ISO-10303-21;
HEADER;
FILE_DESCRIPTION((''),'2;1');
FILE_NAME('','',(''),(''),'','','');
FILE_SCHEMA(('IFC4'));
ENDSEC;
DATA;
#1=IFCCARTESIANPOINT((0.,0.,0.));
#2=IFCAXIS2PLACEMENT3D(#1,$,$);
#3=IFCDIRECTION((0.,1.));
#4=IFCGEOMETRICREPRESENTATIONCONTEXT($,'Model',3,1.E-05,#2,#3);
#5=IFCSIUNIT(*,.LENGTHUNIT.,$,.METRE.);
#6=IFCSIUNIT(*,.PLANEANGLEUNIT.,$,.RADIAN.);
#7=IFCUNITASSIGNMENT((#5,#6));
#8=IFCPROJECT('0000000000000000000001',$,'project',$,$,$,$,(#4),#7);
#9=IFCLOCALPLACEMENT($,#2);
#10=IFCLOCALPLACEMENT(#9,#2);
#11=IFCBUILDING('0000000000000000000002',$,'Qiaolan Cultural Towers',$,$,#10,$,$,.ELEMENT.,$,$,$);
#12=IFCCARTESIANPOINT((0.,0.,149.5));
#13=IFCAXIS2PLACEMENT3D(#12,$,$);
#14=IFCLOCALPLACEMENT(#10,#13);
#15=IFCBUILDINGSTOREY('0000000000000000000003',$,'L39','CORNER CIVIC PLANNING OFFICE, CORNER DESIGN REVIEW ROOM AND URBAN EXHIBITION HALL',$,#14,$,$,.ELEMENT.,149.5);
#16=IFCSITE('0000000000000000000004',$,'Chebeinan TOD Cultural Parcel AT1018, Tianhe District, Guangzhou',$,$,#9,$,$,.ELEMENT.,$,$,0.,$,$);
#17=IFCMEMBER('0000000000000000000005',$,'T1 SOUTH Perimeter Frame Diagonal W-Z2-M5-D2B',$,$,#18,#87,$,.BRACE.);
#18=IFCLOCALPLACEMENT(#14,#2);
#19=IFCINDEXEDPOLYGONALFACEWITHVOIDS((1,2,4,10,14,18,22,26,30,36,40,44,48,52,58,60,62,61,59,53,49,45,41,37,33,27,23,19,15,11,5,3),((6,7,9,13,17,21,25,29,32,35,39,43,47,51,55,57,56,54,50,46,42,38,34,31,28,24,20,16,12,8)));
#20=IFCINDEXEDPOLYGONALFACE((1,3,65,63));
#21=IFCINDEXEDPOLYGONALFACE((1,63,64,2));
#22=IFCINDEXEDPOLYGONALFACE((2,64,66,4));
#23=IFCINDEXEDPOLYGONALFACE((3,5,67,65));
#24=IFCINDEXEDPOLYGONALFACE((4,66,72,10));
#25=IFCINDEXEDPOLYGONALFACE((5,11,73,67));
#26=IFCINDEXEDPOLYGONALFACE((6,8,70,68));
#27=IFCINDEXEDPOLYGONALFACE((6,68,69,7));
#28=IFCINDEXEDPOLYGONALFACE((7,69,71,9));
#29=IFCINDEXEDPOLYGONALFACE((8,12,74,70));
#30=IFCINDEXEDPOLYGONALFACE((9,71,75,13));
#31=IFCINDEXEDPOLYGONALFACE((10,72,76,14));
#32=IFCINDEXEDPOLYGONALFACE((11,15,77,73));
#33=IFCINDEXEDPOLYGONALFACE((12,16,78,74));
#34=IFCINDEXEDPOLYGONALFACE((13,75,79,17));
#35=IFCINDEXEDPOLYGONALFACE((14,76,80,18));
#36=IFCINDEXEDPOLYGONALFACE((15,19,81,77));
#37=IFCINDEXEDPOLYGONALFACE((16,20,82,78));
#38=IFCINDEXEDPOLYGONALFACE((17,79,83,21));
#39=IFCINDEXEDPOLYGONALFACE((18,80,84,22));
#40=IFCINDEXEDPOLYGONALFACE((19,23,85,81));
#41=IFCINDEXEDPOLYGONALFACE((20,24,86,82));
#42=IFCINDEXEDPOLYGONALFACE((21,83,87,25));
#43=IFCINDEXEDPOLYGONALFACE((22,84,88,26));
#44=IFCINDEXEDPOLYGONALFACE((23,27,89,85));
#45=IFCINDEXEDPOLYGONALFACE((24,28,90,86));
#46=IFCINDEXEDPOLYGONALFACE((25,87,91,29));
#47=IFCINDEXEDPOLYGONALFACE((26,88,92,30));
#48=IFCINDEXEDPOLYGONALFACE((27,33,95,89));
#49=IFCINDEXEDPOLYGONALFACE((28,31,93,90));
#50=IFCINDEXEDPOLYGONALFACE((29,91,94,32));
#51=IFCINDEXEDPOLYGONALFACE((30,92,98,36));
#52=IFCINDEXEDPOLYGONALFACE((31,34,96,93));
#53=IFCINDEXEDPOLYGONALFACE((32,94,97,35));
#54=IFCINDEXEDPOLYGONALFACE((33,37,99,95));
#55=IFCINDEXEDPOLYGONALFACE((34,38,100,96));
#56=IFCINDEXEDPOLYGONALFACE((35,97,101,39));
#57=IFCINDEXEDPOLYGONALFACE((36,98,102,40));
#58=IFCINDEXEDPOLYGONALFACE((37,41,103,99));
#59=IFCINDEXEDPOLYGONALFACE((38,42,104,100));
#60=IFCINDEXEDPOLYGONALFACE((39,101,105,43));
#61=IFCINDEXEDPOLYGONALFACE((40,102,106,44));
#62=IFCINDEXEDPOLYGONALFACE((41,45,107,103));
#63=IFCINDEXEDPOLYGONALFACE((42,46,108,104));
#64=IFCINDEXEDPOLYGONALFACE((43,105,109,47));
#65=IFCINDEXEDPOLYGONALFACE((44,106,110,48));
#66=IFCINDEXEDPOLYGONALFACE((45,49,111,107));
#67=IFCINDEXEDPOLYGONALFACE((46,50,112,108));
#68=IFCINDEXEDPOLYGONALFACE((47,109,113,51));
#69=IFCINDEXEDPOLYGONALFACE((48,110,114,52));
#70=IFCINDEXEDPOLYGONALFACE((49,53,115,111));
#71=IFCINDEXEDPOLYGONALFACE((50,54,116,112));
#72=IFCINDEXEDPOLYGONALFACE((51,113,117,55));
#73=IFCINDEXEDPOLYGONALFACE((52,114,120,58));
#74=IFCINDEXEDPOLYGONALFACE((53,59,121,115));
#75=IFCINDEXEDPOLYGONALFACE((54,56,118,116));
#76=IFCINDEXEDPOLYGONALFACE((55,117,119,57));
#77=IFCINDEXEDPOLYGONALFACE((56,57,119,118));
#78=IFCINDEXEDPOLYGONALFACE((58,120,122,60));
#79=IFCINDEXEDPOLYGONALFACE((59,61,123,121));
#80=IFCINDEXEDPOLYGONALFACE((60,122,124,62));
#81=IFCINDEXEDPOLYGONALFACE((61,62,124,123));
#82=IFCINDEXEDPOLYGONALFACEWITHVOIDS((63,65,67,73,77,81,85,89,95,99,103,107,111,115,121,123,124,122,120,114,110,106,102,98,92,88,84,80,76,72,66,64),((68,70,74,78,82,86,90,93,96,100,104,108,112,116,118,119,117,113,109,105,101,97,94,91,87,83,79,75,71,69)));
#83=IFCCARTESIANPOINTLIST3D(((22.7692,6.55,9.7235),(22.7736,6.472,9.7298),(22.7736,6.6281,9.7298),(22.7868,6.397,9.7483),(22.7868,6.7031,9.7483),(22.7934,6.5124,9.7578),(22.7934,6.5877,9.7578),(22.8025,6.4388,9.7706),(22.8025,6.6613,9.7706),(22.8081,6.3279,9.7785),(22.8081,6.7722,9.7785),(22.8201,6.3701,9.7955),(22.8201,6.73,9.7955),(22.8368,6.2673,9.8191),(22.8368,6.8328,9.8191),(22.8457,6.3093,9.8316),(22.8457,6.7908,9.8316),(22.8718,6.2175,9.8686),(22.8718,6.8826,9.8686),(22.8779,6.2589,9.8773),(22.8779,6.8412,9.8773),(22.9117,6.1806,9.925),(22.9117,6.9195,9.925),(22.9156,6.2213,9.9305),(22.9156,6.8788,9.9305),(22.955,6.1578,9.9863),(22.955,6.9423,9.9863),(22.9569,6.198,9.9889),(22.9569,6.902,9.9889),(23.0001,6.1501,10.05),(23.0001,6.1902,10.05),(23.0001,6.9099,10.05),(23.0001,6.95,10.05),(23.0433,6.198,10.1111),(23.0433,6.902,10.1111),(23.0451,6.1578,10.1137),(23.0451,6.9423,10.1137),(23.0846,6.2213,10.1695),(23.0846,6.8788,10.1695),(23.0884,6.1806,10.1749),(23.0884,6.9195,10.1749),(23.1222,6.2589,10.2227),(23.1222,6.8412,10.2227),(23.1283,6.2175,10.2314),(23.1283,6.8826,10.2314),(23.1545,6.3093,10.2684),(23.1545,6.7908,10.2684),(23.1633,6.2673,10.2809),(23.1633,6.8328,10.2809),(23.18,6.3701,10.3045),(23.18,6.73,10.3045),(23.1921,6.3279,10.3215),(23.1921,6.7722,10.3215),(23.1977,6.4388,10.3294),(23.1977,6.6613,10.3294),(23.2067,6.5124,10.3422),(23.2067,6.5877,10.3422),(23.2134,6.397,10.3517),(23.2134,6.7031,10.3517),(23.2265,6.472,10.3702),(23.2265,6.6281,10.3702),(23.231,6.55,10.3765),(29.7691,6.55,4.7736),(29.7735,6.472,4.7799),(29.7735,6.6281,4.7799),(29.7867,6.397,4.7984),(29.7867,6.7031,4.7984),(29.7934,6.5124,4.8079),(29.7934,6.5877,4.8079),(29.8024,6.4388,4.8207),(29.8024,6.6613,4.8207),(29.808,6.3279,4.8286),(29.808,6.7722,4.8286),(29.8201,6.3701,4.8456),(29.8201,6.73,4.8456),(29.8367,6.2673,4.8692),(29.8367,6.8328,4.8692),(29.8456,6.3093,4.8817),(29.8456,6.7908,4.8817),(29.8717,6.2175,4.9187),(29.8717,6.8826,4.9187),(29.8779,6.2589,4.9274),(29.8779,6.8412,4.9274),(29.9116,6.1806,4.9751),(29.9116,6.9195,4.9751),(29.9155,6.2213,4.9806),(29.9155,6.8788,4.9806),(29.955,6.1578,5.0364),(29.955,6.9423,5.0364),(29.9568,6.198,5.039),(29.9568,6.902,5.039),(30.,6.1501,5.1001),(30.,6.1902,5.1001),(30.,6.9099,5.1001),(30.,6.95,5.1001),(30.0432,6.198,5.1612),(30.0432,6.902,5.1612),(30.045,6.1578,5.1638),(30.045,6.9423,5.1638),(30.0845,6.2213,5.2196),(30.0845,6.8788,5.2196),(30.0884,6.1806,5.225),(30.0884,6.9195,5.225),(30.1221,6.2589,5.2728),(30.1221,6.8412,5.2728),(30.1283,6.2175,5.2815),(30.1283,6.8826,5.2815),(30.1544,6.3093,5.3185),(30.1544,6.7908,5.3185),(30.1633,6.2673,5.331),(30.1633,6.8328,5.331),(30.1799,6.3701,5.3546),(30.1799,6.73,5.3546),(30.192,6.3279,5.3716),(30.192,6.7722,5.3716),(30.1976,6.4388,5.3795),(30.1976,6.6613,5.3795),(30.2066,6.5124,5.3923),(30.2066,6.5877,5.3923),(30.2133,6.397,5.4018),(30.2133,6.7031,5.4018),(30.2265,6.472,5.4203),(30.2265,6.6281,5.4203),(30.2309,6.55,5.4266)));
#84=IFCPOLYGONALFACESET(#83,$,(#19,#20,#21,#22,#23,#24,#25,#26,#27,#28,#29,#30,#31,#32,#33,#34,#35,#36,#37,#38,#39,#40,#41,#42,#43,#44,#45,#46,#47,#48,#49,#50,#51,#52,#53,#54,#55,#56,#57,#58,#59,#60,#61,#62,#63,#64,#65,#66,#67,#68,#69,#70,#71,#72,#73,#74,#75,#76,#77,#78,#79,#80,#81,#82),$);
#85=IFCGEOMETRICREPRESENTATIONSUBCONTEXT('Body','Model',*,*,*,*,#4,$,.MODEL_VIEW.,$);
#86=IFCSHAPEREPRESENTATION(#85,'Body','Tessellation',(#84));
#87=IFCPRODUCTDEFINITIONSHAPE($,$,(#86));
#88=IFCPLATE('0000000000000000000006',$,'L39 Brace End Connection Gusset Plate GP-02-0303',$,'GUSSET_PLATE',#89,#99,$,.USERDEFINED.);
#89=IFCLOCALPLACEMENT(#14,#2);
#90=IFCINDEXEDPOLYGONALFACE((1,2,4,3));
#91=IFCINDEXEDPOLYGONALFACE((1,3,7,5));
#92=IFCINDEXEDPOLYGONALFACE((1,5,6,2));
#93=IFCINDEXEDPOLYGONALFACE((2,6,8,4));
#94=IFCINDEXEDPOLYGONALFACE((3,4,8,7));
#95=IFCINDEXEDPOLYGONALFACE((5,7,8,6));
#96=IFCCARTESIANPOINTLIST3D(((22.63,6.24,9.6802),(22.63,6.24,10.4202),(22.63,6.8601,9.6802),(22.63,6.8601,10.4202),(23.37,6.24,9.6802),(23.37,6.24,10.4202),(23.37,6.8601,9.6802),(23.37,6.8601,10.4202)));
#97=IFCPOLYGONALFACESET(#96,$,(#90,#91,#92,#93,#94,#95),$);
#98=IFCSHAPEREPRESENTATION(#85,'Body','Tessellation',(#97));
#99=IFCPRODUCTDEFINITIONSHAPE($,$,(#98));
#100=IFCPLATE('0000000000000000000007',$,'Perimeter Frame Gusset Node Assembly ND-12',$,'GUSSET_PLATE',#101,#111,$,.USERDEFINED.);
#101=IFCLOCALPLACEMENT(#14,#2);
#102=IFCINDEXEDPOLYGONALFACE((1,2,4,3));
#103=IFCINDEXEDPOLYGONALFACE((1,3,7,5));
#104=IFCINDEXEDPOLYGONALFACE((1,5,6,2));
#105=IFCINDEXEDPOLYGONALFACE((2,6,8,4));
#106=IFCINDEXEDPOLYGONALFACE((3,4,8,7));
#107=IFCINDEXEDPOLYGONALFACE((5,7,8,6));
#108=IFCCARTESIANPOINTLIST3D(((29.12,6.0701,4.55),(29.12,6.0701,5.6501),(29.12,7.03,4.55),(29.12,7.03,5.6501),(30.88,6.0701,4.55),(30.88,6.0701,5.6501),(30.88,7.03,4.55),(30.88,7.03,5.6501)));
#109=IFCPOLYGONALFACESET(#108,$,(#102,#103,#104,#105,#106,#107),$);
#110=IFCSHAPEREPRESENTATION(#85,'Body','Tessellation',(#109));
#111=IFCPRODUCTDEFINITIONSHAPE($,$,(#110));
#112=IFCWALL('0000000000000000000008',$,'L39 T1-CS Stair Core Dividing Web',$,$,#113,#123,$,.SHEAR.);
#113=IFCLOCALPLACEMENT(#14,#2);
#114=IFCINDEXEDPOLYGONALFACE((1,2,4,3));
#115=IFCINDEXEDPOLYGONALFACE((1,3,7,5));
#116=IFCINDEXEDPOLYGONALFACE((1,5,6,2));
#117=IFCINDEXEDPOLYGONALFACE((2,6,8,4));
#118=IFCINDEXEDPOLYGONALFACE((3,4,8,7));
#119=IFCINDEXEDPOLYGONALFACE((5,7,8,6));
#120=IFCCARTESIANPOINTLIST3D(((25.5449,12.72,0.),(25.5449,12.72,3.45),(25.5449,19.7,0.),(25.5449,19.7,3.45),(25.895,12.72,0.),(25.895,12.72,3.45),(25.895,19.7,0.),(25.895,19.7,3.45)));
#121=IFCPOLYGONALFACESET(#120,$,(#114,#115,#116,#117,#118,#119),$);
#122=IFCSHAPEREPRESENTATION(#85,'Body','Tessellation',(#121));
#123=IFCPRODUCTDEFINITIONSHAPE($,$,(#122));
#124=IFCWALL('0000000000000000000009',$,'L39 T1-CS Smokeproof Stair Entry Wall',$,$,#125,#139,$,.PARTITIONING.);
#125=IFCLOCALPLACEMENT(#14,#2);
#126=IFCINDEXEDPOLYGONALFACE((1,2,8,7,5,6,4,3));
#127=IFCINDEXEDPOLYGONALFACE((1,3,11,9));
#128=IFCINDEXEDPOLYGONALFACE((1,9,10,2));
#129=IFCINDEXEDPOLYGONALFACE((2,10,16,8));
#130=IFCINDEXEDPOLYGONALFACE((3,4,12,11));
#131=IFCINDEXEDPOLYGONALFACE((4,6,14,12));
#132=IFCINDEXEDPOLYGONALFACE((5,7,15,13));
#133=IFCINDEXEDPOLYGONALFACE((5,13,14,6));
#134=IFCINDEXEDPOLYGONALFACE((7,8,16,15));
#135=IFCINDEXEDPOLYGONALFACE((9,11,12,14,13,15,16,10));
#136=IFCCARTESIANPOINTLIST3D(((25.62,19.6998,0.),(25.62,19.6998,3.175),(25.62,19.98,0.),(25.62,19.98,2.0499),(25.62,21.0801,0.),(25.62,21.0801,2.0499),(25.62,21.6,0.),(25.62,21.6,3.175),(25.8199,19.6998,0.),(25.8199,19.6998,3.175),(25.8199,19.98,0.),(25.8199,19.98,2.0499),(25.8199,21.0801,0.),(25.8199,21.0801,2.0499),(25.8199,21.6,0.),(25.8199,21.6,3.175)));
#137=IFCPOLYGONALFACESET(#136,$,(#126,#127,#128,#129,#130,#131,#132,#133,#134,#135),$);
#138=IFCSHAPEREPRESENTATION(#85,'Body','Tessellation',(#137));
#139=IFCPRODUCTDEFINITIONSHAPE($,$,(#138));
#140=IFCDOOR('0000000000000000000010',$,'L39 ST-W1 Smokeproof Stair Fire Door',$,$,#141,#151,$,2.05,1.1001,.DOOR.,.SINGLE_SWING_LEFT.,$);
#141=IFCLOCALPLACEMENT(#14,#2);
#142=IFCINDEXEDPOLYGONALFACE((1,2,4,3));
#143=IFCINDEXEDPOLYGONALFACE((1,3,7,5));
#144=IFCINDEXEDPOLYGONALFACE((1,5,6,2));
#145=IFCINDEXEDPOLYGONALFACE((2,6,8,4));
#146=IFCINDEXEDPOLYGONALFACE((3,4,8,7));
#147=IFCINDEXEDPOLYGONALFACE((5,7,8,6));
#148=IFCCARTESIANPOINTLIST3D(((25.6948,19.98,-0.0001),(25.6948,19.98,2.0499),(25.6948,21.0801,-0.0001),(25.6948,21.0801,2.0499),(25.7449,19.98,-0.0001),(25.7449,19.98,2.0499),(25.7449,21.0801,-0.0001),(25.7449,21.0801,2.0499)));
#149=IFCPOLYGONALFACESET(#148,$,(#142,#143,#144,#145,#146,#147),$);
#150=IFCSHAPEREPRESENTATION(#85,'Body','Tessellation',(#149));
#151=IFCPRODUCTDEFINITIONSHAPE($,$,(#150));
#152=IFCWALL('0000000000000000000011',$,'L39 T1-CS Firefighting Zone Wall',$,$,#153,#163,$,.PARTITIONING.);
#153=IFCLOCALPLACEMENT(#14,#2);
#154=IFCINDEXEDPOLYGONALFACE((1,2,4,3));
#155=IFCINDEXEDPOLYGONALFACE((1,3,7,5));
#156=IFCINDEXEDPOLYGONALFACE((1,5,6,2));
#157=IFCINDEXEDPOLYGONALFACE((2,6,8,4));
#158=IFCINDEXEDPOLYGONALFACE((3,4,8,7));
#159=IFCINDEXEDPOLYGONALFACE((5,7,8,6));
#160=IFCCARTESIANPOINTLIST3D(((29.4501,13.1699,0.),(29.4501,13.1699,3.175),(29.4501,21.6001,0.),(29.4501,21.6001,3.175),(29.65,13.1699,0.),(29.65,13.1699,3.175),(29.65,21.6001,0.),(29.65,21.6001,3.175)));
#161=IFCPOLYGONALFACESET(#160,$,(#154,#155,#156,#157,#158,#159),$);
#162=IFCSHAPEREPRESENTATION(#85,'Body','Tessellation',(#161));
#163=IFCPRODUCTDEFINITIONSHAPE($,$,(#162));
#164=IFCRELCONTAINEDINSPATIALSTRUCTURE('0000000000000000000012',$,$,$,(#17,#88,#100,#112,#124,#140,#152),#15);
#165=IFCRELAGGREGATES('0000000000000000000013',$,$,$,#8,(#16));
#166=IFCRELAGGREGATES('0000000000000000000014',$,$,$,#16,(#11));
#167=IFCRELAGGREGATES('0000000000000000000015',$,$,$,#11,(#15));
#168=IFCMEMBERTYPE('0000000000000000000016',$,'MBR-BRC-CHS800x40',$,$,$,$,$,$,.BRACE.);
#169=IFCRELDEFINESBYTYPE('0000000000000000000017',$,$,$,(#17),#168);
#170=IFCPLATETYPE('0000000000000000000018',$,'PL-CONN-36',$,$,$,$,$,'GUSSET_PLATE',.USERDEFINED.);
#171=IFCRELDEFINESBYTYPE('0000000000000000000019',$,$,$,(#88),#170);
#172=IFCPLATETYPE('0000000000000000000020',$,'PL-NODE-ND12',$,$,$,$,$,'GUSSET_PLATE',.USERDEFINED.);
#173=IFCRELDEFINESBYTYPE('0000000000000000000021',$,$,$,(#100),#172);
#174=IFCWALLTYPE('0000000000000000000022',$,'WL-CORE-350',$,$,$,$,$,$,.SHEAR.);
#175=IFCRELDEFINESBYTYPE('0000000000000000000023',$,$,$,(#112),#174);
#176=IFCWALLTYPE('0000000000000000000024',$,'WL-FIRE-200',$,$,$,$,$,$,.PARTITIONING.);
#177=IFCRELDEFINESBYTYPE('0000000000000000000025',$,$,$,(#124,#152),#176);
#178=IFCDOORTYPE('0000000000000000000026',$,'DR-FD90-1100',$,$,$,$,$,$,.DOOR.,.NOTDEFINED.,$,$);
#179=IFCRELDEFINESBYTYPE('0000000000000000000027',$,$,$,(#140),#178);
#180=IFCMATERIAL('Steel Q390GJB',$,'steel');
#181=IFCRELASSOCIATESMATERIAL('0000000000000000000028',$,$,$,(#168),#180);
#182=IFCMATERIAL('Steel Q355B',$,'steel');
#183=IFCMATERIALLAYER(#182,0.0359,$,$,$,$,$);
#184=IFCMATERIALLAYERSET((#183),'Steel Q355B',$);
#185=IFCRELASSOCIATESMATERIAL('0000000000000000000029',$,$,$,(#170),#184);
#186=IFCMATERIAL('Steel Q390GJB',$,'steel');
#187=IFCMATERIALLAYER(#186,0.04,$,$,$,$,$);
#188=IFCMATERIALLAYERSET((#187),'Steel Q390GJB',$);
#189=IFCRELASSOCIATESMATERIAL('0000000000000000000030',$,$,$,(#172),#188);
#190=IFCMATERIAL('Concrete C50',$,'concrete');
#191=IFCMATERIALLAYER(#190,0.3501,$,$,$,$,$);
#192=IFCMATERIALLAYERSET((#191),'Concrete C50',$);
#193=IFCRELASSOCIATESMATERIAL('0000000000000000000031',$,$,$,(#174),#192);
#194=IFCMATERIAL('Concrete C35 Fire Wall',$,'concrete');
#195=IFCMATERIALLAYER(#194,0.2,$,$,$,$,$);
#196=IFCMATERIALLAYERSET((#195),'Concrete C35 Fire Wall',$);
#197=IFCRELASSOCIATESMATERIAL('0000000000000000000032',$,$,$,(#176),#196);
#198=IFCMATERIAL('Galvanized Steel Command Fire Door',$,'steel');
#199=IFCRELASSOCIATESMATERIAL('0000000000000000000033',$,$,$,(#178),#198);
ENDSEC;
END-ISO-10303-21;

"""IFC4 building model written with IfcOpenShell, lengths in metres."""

from ifc_helpers import new_model, si_unit, direction, frame, frame_2d, origin, origin_2d, place, context, subcontext, project, spatial, rectangle, hollow_circle, extrude, material, layer, layer_set, material_profile, profile_set, type_object, element, fill, save


model = new_model("IFC4")

# Units and contexts
model_context = context("Model", 3, precision=1e-05, world=origin(), true_north=direction((0.0, 1.0)))
body_context = subcontext(model_context, "Body", "Model", "MODEL_VIEW")
ifc_project = project(units=[si_unit("LENGTHUNIT", "METRE"), si_unit("PLANEANGLEUNIT", "RADIAN")], contexts=[model_context])

# Site, building, storey
site_placement = place(None, origin())
site = spatial("IfcSite", under=ifc_project, at=site_placement, Name="Chebeinan TOD Cultural Parcel AT1018, Tianhe District, Guangzhou", CompositionType="ELEMENT", RefElevation=0.0)
building_placement = place(site_placement, origin())
building = spatial("IfcBuilding", under=site, at=building_placement, Name="Qiaolan Cultural Towers", CompositionType="ELEMENT")
storey_placement = place(building_placement, frame((0.0, 0.0, 149.5)))
storey = spatial("IfcBuildingStorey", under=building, at=storey_placement, Name="L39", Description="CORNER CIVIC PLANNING OFFICE, CORNER DESIGN REVIEW ROOM AND URBAN EXHIBITION HALL", CompositionType="ELEMENT", Elevation=149.5)

# Member
ifc_material_1 = material(Name="Steel Q390GJB", Category="steel")
ifc_material_profile_1 = material_profile(ifc_material_1, hollow_circle(Radius=0.3999, WallThickness=0.04, at=origin_2d()), Name="CHS800x40")
ifc_profile_set_1 = profile_set([ifc_material_profile_1], Name="Steel Q390GJB")
member_type = type_object("IfcMemberType", Name="MBR-BRC-CHS800x40", PredefinedType="BRACE", material=ifc_profile_set_1)
for number, where, z_axis, x_axis, name in (
    (1, (30.0, 6.55, 5.1001), (-0.816485, 0.0, 0.577366), (0.0, -1.0, 0.0), "T1 SOUTH Perimeter Frame Diagonal W-Z2-M5-D2B"),
):
    element("IfcMember", number, at=place(storey_placement, frame(where, z_axis=z_axis, x_axis=x_axis)), inside=storey, type_object=member_type, Name=name, PredefinedType="BRACE", context=body_context, shape_type="SweptSolid", body=[
        extrude(hollow_circle(Radius=0.3999, WallThickness=0.04, at=origin_2d()), origin(), (0.0, 0.0, 1.0), 8.5732),
    ])

# Plates
ifc_material_2 = material(Name="Steel Q355B", Category="steel")
ifc_layer_1 = layer(ifc_material_2, 0.0359)
ifc_layer_set_1 = layer_set([ifc_layer_1], Name="Steel Q355B")
plate_type_1 = type_object("IfcPlateType", Name="PL-CONN-36", ElementType="GUSSET_PLATE", PredefinedType="USERDEFINED", material=ifc_layer_set_1)
plate_1_placement = place(storey_placement, frame((23.0, 6.55, 9.6802), z_axis=(0.0, 0.0, 1.0), x_axis=(1.0, 0.0, 0.0)))
element("IfcPlate", 2, at=plate_1_placement, inside=storey, type_object=plate_type_1, Name="L39 Brace End Connection Gusset Plate GP-02-0303", ObjectType="GUSSET_PLATE", PredefinedType="USERDEFINED", context=body_context, shape_type="SweptSolid", body=[
    extrude(rectangle(XDim=0.74, YDim=0.6201, at=origin_2d()), origin(), (0.0, 0.0, 1.0), 0.74),
])
ifc_material_3 = material(Name="Steel Q390GJB", Category="steel")
ifc_layer_2 = layer(ifc_material_3, 0.04)
ifc_layer_set_2 = layer_set([ifc_layer_2], Name="Steel Q390GJB")
plate_type_2 = type_object("IfcPlateType", Name="PL-NODE-ND12", ElementType="GUSSET_PLATE", PredefinedType="USERDEFINED", material=ifc_layer_set_2)
plate_2_placement = place(storey_placement, frame((30.0, 6.55, 4.55), z_axis=(0.0, 0.0, 1.0), x_axis=(1.0, 0.0, 0.0)))
element("IfcPlate", 3, at=plate_2_placement, inside=storey, type_object=plate_type_2, Name="Perimeter Frame Gusset Node Assembly ND-12", ObjectType="GUSSET_PLATE", PredefinedType="USERDEFINED", context=body_context, shape_type="SweptSolid", body=[
    extrude(rectangle(XDim=1.76, YDim=0.96, at=origin_2d()), origin(), (0.0, 0.0, 1.0), 1.1001),
])

# Wall
ifc_material_4 = material(Name="Concrete C50", Category="concrete")
ifc_layer_3 = layer(ifc_material_4, 0.3501)
ifc_layer_set_3 = layer_set([ifc_layer_3], Name="Concrete C50")
wall_type_1 = type_object("IfcWallType", Name="WL-CORE-350", PredefinedType="SHEAR", material=ifc_layer_set_3)
wall_1_placement = place(storey_placement, frame((25.72, 19.7, 0.0), z_axis=(0.0, 0.0, 1.0), x_axis=(0.0, -1.0, 0.0)))
element("IfcWall", 4, at=wall_1_placement, inside=storey, type_object=wall_type_1, Name="L39 T1-CS Stair Core Dividing Web", PredefinedType="SHEAR", context=body_context, shape_type="SweptSolid", body=[
    extrude(rectangle(XDim=6.98, YDim=0.3501, at=frame_2d((3.49, 0.0))), origin(), (0.0, 0.0, 1.0), 3.45),
])

# Wall, opening, door
ifc_material_5 = material(Name="Concrete C35 Fire Wall", Category="concrete")
ifc_layer_4 = layer(ifc_material_5, 0.2)
ifc_layer_set_4 = layer_set([ifc_layer_4], Name="Concrete C35 Fire Wall")
wall_type_2 = type_object("IfcWallType", Name="WL-FIRE-200", PredefinedType="PARTITIONING", material=ifc_layer_set_4)
wall_2_placement = place(storey_placement, frame((25.72, 21.6001, 0.0), z_axis=(0.0, 0.0, 1.0), x_axis=(0.0, -1.0, 0.0)))
wall_2 = element("IfcWall", 5, at=wall_2_placement, inside=storey, type_object=wall_type_2, Name="L39 T1-CS Smokeproof Stair Entry Wall", PredefinedType="PARTITIONING", context=body_context, shape_type="SweptSolid", body=[
    extrude(rectangle(XDim=1.9001, YDim=0.2, at=frame_2d((0.9502, 0.0))), origin(), (0.0, 0.0, 1.0), 3.175),
])
opening_1_placement = place(wall_2_placement, frame((0.52, 0.0, 0.0)))
opening_1 = element("IfcOpeningElement", 6, at=opening_1_placement, cuts=wall_2, PredefinedType="OPENING", context=body_context, shape_type="SweptSolid", body=[
    extrude(rectangle(XDim=1.1001, YDim=2.05, at=frame_2d((0.55, 1.0249))), frame((0.0, 0.1099, 0.0), z_axis=(0.0, -1.0, 0.0), x_axis=(1.0, 0.0, 0.0)), (0.0, 0.0, 1.0), 0.22),
])
ifc_material_6 = material(Name="Galvanized Steel Command Fire Door", Category="steel")
door_type_1 = type_object("IfcDoorType", Name="DR-FD90-1100", OperationType="NOTDEFINED", PredefinedType="DOOR", material=ifc_material_6)
door_1_placement = place(opening_1_placement, origin())
door_1 = element("IfcDoor", 7, at=door_1_placement, inside=storey, type_object=door_type_1, Name="L39 ST-W1 Smokeproof Stair Fire Door", OperationType="SINGLE_SWING_LEFT", OverallHeight=2.05, OverallWidth=1.1001, PredefinedType="DOOR", context=body_context, shape_type="SweptSolid", body=[
    extrude(rectangle(XDim=1.1001, YDim=2.05, at=frame_2d((0.55, 1.0249))), frame((0.0, 0.0249, 0.0), z_axis=(0.0, -1.0, 0.0), x_axis=(1.0, 0.0, 0.0)), (0.0, 0.0, 1.0), 0.05),
])
fill(opening_1, door_1)

# Wall
wall_3_placement = place(storey_placement, frame((29.55, 21.6001, 0.0), z_axis=(0.0, 0.0, 1.0), x_axis=(0.0, -1.0, 0.0)))
element("IfcWall", 8, at=wall_3_placement, inside=storey, type_object=wall_type_2, Name="L39 T1-CS Firefighting Zone Wall", PredefinedType="PARTITIONING", context=body_context, shape_type="SweptSolid", body=[
    extrude(rectangle(XDim=8.4302, YDim=0.2, at=frame_2d((4.2151, 0.0))), origin(), (0.0, 0.0, 1.0), 3.175),
])

save(model, "model.ifc")
